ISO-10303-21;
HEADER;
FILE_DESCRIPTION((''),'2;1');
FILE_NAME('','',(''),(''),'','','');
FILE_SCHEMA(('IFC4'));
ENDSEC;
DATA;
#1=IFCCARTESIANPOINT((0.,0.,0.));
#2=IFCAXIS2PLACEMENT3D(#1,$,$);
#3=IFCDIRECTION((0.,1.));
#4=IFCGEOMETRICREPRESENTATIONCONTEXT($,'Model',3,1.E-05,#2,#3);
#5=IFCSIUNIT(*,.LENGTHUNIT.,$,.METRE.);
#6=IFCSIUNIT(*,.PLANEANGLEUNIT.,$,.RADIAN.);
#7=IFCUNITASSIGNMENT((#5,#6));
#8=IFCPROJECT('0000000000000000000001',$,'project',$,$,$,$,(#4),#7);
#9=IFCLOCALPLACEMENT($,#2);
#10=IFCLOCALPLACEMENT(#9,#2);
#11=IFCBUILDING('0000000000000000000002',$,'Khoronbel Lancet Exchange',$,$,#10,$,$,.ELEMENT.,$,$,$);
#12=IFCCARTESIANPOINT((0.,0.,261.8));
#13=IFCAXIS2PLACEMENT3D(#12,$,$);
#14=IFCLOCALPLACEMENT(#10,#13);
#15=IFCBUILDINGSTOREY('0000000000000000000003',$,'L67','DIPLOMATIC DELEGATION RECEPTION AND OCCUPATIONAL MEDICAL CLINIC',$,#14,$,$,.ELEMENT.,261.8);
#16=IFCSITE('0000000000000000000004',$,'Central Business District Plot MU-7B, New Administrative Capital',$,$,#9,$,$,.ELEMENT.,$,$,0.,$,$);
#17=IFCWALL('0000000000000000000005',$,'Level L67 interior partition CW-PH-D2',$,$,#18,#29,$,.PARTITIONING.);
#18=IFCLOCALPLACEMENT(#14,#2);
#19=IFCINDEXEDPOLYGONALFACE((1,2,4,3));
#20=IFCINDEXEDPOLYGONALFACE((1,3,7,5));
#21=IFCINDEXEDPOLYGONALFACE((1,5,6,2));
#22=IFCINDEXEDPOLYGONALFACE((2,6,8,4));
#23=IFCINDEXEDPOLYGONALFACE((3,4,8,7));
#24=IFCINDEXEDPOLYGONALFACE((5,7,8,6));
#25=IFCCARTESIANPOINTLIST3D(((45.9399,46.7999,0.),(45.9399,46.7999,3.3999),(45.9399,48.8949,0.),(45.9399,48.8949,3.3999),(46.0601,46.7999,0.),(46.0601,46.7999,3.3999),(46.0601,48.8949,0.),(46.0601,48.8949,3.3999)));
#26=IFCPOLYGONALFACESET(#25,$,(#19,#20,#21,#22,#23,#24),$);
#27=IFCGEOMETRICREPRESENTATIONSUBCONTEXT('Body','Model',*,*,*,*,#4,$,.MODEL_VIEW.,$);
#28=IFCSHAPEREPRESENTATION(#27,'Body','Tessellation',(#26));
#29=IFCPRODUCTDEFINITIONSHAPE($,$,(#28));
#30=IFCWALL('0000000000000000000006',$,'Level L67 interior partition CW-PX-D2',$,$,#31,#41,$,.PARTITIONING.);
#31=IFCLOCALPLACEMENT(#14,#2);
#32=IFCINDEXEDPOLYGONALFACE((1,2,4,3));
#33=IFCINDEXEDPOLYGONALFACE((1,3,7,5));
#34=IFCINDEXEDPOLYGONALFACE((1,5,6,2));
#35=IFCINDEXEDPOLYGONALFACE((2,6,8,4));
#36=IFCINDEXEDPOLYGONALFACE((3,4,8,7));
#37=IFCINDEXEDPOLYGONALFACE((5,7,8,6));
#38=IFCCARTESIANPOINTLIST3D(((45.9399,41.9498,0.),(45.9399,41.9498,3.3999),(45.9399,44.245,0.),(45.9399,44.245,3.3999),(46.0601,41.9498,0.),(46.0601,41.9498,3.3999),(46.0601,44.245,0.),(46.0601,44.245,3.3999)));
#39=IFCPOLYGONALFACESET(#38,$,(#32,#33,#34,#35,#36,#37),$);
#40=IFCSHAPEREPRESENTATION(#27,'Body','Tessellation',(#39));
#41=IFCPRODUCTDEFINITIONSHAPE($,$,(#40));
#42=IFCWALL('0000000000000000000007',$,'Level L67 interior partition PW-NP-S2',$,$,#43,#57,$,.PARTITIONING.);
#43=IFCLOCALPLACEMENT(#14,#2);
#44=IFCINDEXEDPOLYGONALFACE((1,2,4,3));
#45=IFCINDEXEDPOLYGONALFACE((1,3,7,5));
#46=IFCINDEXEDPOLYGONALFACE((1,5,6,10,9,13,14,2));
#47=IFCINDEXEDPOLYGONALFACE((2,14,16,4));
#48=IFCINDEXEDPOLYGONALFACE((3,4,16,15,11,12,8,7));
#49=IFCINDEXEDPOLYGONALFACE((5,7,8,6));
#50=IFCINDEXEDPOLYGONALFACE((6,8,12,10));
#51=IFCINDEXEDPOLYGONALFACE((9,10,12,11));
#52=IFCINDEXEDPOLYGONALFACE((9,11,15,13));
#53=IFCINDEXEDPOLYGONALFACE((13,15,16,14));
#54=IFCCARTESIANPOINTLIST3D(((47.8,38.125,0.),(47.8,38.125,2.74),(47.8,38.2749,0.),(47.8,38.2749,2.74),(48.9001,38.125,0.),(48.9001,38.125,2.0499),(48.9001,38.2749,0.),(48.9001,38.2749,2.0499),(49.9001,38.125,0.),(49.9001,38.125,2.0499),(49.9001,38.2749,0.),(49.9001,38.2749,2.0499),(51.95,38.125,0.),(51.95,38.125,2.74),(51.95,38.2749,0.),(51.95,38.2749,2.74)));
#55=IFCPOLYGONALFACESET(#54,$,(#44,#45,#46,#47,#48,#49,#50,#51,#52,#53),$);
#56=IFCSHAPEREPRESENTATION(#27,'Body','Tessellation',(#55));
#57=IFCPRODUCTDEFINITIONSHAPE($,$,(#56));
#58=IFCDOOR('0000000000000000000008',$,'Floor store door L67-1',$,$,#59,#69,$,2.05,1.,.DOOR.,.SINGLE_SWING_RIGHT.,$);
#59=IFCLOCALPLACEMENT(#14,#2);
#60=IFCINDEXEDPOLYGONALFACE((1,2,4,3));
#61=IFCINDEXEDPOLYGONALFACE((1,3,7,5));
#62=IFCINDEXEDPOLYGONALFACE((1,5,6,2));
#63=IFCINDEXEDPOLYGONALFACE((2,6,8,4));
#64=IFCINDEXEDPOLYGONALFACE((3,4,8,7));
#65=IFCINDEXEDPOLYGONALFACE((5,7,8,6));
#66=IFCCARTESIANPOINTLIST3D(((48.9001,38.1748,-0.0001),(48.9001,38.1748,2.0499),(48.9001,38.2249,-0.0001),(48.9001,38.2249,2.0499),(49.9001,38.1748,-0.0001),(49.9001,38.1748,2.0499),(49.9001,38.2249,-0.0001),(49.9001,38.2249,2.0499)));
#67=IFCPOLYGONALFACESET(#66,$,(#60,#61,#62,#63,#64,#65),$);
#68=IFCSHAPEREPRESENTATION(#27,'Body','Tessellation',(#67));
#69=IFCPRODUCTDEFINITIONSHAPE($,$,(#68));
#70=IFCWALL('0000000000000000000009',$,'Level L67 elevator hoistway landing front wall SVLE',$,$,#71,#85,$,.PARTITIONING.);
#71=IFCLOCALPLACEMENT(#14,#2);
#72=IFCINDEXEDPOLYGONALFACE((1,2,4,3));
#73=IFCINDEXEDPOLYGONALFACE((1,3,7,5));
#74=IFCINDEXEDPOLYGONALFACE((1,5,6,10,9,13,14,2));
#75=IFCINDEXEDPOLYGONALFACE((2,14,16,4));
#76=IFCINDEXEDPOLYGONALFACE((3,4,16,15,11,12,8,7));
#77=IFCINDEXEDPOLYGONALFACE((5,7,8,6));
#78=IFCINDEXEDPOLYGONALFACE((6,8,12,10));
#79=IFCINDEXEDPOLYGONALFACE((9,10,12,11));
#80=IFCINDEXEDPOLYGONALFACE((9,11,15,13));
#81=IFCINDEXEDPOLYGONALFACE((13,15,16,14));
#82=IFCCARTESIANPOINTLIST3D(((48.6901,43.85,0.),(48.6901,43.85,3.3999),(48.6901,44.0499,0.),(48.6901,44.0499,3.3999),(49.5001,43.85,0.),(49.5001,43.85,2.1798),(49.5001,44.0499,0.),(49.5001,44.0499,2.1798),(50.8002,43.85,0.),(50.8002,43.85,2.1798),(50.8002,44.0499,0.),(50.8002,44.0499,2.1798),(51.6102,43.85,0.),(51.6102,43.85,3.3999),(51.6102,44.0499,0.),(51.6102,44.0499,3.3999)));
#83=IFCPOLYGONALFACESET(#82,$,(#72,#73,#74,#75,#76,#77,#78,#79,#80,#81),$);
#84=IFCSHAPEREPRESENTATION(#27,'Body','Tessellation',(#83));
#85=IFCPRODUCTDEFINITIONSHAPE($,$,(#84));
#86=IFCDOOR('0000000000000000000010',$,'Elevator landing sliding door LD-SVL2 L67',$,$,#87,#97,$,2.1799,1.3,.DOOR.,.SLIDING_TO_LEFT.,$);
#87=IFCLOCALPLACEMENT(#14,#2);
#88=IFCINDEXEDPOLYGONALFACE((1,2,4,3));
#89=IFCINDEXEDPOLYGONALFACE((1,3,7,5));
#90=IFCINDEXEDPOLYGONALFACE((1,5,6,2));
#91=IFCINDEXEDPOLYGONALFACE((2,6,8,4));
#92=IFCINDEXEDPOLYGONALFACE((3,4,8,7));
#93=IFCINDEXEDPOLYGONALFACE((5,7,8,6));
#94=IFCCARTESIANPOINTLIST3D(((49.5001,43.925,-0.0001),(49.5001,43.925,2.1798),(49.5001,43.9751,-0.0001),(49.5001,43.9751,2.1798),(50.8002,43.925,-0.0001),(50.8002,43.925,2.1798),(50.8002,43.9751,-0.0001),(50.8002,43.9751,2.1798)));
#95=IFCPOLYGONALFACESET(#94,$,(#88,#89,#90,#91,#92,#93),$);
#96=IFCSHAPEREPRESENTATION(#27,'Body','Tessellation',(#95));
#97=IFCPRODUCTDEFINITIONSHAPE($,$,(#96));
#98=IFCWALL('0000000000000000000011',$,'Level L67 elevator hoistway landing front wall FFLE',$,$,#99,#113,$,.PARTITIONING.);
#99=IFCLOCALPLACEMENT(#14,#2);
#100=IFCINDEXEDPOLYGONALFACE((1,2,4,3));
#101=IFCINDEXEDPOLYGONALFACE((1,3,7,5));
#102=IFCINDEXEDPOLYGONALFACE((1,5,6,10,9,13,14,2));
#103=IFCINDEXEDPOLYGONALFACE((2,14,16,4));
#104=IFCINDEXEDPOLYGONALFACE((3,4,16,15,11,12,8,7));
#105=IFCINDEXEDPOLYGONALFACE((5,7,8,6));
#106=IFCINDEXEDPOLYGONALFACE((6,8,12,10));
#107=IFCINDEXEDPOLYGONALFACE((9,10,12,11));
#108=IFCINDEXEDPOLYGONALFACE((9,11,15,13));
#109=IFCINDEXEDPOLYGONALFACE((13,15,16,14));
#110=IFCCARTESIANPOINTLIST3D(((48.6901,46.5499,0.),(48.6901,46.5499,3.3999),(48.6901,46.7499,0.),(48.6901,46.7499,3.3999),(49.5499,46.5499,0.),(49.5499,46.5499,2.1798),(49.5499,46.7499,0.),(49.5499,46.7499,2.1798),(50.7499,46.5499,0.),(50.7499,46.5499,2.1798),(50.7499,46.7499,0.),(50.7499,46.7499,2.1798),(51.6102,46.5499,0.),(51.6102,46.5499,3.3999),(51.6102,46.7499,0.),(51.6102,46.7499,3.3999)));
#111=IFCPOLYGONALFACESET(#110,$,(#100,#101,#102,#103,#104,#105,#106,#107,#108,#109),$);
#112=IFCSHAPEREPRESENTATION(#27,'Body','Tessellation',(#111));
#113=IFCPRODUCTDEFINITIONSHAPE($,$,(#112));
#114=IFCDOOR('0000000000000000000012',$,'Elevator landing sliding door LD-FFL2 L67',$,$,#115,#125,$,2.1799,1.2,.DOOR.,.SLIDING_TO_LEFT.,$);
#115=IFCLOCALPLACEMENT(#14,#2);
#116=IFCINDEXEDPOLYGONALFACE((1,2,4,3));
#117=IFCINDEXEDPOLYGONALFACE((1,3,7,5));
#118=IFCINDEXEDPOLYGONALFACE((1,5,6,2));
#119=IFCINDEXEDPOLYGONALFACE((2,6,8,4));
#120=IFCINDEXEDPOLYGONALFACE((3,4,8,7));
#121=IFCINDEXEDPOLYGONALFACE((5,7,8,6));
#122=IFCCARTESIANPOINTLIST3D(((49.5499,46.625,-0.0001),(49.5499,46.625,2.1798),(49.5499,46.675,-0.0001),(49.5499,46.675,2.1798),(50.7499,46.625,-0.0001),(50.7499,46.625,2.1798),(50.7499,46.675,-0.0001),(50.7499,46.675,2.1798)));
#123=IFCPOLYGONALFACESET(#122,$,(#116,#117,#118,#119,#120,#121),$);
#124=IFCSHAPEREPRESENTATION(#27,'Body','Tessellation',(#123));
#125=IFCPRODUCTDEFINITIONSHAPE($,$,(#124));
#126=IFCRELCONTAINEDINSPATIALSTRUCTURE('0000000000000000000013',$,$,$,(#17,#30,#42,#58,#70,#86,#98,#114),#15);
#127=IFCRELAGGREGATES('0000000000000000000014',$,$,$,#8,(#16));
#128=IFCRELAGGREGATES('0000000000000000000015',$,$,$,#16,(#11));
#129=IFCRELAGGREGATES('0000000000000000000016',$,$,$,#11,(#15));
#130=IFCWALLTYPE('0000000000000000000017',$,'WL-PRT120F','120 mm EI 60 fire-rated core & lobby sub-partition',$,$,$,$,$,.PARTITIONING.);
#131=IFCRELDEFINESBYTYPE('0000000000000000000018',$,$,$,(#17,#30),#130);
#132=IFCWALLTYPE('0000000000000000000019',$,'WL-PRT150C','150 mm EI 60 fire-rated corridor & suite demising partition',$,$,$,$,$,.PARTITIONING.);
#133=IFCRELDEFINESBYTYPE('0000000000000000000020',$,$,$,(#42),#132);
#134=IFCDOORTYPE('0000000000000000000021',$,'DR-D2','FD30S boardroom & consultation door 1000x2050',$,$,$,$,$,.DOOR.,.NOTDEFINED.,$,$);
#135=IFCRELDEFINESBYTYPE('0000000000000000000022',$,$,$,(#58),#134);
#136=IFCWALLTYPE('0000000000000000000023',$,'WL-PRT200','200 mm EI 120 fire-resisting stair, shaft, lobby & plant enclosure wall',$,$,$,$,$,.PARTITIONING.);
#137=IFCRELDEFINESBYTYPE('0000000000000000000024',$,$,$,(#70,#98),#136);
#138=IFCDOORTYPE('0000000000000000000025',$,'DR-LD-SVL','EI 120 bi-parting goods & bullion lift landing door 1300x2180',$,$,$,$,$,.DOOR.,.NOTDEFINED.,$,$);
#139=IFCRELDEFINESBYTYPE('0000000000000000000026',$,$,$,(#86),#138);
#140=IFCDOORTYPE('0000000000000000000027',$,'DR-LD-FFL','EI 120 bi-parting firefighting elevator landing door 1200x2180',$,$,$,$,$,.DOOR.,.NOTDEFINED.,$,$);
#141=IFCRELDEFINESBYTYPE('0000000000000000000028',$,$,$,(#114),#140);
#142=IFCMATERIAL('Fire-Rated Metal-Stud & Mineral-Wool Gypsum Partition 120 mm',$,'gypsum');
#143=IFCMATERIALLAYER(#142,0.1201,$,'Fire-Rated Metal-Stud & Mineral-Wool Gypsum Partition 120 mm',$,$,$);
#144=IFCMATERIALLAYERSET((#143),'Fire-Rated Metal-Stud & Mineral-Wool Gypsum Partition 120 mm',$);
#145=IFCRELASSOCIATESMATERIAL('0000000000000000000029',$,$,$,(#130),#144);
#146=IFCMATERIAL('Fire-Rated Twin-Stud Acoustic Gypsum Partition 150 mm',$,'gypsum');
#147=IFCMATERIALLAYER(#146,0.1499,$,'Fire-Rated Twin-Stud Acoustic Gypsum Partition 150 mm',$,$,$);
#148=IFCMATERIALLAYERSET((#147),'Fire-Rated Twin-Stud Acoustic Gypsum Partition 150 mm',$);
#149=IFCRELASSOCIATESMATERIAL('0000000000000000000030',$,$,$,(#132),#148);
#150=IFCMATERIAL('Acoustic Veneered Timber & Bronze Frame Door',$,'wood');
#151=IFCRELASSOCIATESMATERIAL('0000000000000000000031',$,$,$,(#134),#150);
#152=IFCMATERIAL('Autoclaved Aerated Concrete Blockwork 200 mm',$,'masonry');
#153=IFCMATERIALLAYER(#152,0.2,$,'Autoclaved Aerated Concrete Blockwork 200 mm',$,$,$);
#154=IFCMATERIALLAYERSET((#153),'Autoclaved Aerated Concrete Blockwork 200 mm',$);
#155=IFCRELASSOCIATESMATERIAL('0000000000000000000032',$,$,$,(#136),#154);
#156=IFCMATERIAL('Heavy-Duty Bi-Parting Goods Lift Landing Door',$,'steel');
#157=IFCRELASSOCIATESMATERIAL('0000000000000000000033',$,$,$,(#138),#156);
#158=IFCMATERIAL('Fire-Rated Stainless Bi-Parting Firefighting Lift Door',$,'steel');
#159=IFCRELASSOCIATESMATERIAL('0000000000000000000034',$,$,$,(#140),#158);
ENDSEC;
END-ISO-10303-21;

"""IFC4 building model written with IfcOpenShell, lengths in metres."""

from ifc_helpers import new_model, si_unit, direction, frame, frame_2d, origin, place, context, subcontext, project, spatial, rectangle, extrude, material, layer, layer_set, type_object, element, fill, save


model = new_model("IFC4")

# Units and contexts
model_context = context("Model", 3, precision=1e-05, world=origin(), true_north=direction((0.0, 1.0)))
body_context = subcontext(model_context, "Body", "Model", "MODEL_VIEW")
ifc_project = project(units=[si_unit("LENGTHUNIT", "METRE"), si_unit("PLANEANGLEUNIT", "RADIAN")], contexts=[model_context])

# Site, building, storey
site_placement = place(None, origin())
site = spatial("IfcSite", under=ifc_project, at=site_placement, Name="Central Business District Plot MU-7B, New Administrative Capital", CompositionType="ELEMENT", RefElevation=0.0)
building_placement = place(site_placement, origin())
building = spatial("IfcBuilding", under=site, at=building_placement, Name="Khoronbel Lancet Exchange", CompositionType="ELEMENT")
storey_placement = place(building_placement, frame((0.0, 0.0, 261.8)))
storey = spatial("IfcBuildingStorey", under=building, at=storey_placement, Name="L67", Description="DIPLOMATIC DELEGATION RECEPTION AND OCCUPATIONAL MEDICAL CLINIC", CompositionType="ELEMENT", Elevation=261.8)

# Walls
ifc_material_1 = material(Name="Fire-Rated Metal-Stud & Mineral-Wool Gypsum Partition 120 mm", Category="gypsum")
ifc_layer_1 = layer(ifc_material_1, 0.1201, Name="Fire-Rated Metal-Stud & Mineral-Wool Gypsum Partition 120 mm")
ifc_layer_set_1 = layer_set([ifc_layer_1], Name="Fire-Rated Metal-Stud & Mineral-Wool Gypsum Partition 120 mm")
wall_type_1 = type_object("IfcWallType", Name="WL-PRT120F", Description="120 mm EI 60 fire-rated core & lobby sub-partition", PredefinedType="PARTITIONING", material=ifc_layer_set_1)
wall_1_placement = place(storey_placement, frame((46.0, 46.8, 0.0), z_axis=(0.0, 0.0, 1.0), x_axis=(0.0, 1.0, 0.0)))
element("IfcWall", 1, at=wall_1_placement, inside=storey, type_object=wall_type_1, Name="Level L67 interior partition CW-PH-D2", PredefinedType="PARTITIONING", context=body_context, shape_type="SweptSolid", body=[
    extrude(rectangle(XDim=2.095, YDim=0.1201, at=frame_2d((1.0474, 0.0))), origin(), (0.0, 0.0, 1.0), 3.3999),
])
wall_2_placement = place(storey_placement, frame((46.0, 41.95, 0.0), z_axis=(0.0, 0.0, 1.0), x_axis=(0.0, 1.0, 0.0)))
element("IfcWall", 2, at=wall_2_placement, inside=storey, type_object=wall_type_1, Name="Level L67 interior partition CW-PX-D2", PredefinedType="PARTITIONING", context=body_context, shape_type="SweptSolid", body=[
    extrude(rectangle(XDim=2.2952, YDim=0.1201, at=frame_2d((1.1475, 0.0))), origin(), (0.0, 0.0, 1.0), 3.3999),
])

# Walls, openings, doors
ifc_material_2 = material(Name="Fire-Rated Twin-Stud Acoustic Gypsum Partition 150 mm", Category="gypsum")
ifc_layer_2 = layer(ifc_material_2, 0.1499, Name="Fire-Rated Twin-Stud Acoustic Gypsum Partition 150 mm")
ifc_layer_set_2 = layer_set([ifc_layer_2], Name="Fire-Rated Twin-Stud Acoustic Gypsum Partition 150 mm")
wall_type_2 = type_object("IfcWallType", Name="WL-PRT150C", Description="150 mm EI 60 fire-rated corridor & suite demising partition", PredefinedType="PARTITIONING", material=ifc_layer_set_2)
wall_3_placement = place(storey_placement, frame((47.8, 38.2, 0.0), z_axis=(0.0, 0.0, 1.0), x_axis=(1.0, 0.0, 0.0)))
wall_3 = element("IfcWall", 3, at=wall_3_placement, inside=storey, type_object=wall_type_2, Name="Level L67 interior partition PW-NP-S2", PredefinedType="PARTITIONING", context=body_context, shape_type="SweptSolid", body=[
    extrude(rectangle(XDim=4.1499, YDim=0.1499, at=frame_2d((2.075, 0.0))), origin(), (0.0, 0.0, 1.0), 2.74),
])
opening_1_placement = place(wall_3_placement, frame((1.1001, 0.0, 0.0)))
opening_1 = element("IfcOpeningElement", 4, at=opening_1_placement, cuts=wall_3, PredefinedType="OPENING", context=body_context, shape_type="SweptSolid", body=[
    extrude(rectangle(XDim=1.0, YDim=2.05, at=frame_2d((0.5, 1.0249))), frame((0.0, 0.085, 0.0), z_axis=(0.0, -1.0, 0.0), x_axis=(1.0, 0.0, 0.0)), (0.0, 0.0, 1.0), 0.1699),
])
ifc_material_3 = material(Name="Acoustic Veneered Timber & Bronze Frame Door", Category="wood")
door_type_1 = type_object("IfcDoorType", Name="DR-D2", Description="FD30S boardroom & consultation door 1000x2050", OperationType="NOTDEFINED", PredefinedType="DOOR", material=ifc_material_3)
door_1_placement = place(opening_1_placement, origin())
door_1 = element("IfcDoor", 5, at=door_1_placement, inside=storey, type_object=door_type_1, Name="Floor store door L67-1", OperationType="SINGLE_SWING_RIGHT", OverallHeight=2.05, OverallWidth=1.0, PredefinedType="DOOR", context=body_context, shape_type="SweptSolid", body=[
    extrude(rectangle(XDim=1.0, YDim=2.05, at=frame_2d((0.5, 1.0249))), frame((0.0, 0.0249, 0.0), z_axis=(0.0, -1.0, 0.0), x_axis=(1.0, 0.0, 0.0)), (0.0, 0.0, 1.0), 0.05),
])
fill(opening_1, door_1)
ifc_material_4 = material(Name="Autoclaved Aerated Concrete Blockwork 200 mm", Category="masonry")
ifc_layer_3 = layer(ifc_material_4, 0.2, Name="Autoclaved Aerated Concrete Blockwork 200 mm")
ifc_layer_set_3 = layer_set([ifc_layer_3], Name="Autoclaved Aerated Concrete Blockwork 200 mm")
wall_type_3 = type_object("IfcWallType", Name="WL-PRT200", Description="200 mm EI 120 fire-resisting stair, shaft, lobby & plant enclosure wall", PredefinedType="PARTITIONING", material=ifc_layer_set_3)
wall_4_placement = place(storey_placement, frame((51.6101, 43.95, 0.0), z_axis=(0.0, 0.0, 1.0), x_axis=(-1.0, 0.0, 0.0)))
wall_4 = element("IfcWall", 6, at=wall_4_placement, inside=storey, type_object=wall_type_3, Name="Level L67 elevator hoistway landing front wall SVLE", PredefinedType="PARTITIONING", context=body_context, shape_type="SweptSolid", body=[
    extrude(rectangle(XDim=2.9202, YDim=0.2, at=frame_2d((1.46, 0.0))), origin(), (0.0, 0.0, 1.0), 3.3999),
])
opening_2_placement = place(wall_4_placement, frame((0.8101, 0.0, 0.0)))
opening_2 = element("IfcOpeningElement", 7, at=opening_2_placement, cuts=wall_4, PredefinedType="OPENING", context=body_context, shape_type="SweptSolid", body=[
    extrude(rectangle(XDim=1.3, YDim=2.1799, at=frame_2d((0.6499, 1.0898))), frame((0.0, 0.1099, 0.0), z_axis=(0.0, -1.0, 0.0), x_axis=(1.0, 0.0, 0.0)), (0.0, 0.0, 1.0), 0.22),
])
ifc_material_5 = material(Name="Heavy-Duty Bi-Parting Goods Lift Landing Door", Category="steel")
door_type_2 = type_object("IfcDoorType", Name="DR-LD-SVL", Description="EI 120 bi-parting goods & bullion lift landing door 1300x2180", OperationType="NOTDEFINED", PredefinedType="DOOR", material=ifc_material_5)
door_2_placement = place(opening_2_placement, origin())
door_2 = element("IfcDoor", 8, at=door_2_placement, inside=storey, type_object=door_type_2, Name="Elevator landing sliding door LD-SVL2 L67", OperationType="SLIDING_TO_LEFT", OverallHeight=2.1799, OverallWidth=1.3, PredefinedType="DOOR", context=body_context, shape_type="SweptSolid", body=[
    extrude(rectangle(XDim=1.3, YDim=2.1799, at=frame_2d((0.6499, 1.0898))), frame((0.0, 0.0249, 0.0), z_axis=(0.0, -1.0, 0.0), x_axis=(1.0, 0.0, 0.0)), (0.0, 0.0, 1.0), 0.05),
])
fill(opening_2, door_2)
wall_5_placement = place(storey_placement, frame((51.6101, 46.6499, 0.0), z_axis=(0.0, 0.0, 1.0), x_axis=(-1.0, 0.0, 0.0)))
wall_5 = element("IfcWall", 9, at=wall_5_placement, inside=storey, type_object=wall_type_3, Name="Level L67 elevator hoistway landing front wall FFLE", PredefinedType="PARTITIONING", context=body_context, shape_type="SweptSolid", body=[
    extrude(rectangle(XDim=2.9202, YDim=0.2, at=frame_2d((1.46, 0.0))), origin(), (0.0, 0.0, 1.0), 3.3999),
])
opening_3_placement = place(wall_5_placement, frame((0.8601, 0.0, 0.0)))
opening_3 = element("IfcOpeningElement", 10, at=opening_3_placement, cuts=wall_5, PredefinedType="OPENING", context=body_context, shape_type="SweptSolid", body=[
    extrude(rectangle(XDim=1.2, YDim=2.1799, at=frame_2d((0.6001, 1.0898))), frame((0.0, 0.1099, 0.0), z_axis=(0.0, -1.0, 0.0), x_axis=(1.0, 0.0, 0.0)), (0.0, 0.0, 1.0), 0.22),
])
ifc_material_6 = material(Name="Fire-Rated Stainless Bi-Parting Firefighting Lift Door", Category="steel")
door_type_3 = type_object("IfcDoorType", Name="DR-LD-FFL", Description="EI 120 bi-parting firefighting elevator landing door 1200x2180", OperationType="NOTDEFINED", PredefinedType="DOOR", material=ifc_material_6)
door_3_placement = place(opening_3_placement, origin())
door_3 = element("IfcDoor", 11, at=door_3_placement, inside=storey, type_object=door_type_3, Name="Elevator landing sliding door LD-FFL2 L67", OperationType="SLIDING_TO_LEFT", OverallHeight=2.1799, OverallWidth=1.2, PredefinedType="DOOR", context=body_context, shape_type="SweptSolid", body=[
    extrude(rectangle(XDim=1.2, YDim=2.1799, at=frame_2d((0.6001, 1.0898))), frame((0.0, 0.0249, 0.0), z_axis=(0.0, -1.0, 0.0), x_axis=(1.0, 0.0, 0.0)), (0.0, 0.0, 1.0), 0.05),
])
fill(opening_3, door_3)

save(model, "model.ifc")
